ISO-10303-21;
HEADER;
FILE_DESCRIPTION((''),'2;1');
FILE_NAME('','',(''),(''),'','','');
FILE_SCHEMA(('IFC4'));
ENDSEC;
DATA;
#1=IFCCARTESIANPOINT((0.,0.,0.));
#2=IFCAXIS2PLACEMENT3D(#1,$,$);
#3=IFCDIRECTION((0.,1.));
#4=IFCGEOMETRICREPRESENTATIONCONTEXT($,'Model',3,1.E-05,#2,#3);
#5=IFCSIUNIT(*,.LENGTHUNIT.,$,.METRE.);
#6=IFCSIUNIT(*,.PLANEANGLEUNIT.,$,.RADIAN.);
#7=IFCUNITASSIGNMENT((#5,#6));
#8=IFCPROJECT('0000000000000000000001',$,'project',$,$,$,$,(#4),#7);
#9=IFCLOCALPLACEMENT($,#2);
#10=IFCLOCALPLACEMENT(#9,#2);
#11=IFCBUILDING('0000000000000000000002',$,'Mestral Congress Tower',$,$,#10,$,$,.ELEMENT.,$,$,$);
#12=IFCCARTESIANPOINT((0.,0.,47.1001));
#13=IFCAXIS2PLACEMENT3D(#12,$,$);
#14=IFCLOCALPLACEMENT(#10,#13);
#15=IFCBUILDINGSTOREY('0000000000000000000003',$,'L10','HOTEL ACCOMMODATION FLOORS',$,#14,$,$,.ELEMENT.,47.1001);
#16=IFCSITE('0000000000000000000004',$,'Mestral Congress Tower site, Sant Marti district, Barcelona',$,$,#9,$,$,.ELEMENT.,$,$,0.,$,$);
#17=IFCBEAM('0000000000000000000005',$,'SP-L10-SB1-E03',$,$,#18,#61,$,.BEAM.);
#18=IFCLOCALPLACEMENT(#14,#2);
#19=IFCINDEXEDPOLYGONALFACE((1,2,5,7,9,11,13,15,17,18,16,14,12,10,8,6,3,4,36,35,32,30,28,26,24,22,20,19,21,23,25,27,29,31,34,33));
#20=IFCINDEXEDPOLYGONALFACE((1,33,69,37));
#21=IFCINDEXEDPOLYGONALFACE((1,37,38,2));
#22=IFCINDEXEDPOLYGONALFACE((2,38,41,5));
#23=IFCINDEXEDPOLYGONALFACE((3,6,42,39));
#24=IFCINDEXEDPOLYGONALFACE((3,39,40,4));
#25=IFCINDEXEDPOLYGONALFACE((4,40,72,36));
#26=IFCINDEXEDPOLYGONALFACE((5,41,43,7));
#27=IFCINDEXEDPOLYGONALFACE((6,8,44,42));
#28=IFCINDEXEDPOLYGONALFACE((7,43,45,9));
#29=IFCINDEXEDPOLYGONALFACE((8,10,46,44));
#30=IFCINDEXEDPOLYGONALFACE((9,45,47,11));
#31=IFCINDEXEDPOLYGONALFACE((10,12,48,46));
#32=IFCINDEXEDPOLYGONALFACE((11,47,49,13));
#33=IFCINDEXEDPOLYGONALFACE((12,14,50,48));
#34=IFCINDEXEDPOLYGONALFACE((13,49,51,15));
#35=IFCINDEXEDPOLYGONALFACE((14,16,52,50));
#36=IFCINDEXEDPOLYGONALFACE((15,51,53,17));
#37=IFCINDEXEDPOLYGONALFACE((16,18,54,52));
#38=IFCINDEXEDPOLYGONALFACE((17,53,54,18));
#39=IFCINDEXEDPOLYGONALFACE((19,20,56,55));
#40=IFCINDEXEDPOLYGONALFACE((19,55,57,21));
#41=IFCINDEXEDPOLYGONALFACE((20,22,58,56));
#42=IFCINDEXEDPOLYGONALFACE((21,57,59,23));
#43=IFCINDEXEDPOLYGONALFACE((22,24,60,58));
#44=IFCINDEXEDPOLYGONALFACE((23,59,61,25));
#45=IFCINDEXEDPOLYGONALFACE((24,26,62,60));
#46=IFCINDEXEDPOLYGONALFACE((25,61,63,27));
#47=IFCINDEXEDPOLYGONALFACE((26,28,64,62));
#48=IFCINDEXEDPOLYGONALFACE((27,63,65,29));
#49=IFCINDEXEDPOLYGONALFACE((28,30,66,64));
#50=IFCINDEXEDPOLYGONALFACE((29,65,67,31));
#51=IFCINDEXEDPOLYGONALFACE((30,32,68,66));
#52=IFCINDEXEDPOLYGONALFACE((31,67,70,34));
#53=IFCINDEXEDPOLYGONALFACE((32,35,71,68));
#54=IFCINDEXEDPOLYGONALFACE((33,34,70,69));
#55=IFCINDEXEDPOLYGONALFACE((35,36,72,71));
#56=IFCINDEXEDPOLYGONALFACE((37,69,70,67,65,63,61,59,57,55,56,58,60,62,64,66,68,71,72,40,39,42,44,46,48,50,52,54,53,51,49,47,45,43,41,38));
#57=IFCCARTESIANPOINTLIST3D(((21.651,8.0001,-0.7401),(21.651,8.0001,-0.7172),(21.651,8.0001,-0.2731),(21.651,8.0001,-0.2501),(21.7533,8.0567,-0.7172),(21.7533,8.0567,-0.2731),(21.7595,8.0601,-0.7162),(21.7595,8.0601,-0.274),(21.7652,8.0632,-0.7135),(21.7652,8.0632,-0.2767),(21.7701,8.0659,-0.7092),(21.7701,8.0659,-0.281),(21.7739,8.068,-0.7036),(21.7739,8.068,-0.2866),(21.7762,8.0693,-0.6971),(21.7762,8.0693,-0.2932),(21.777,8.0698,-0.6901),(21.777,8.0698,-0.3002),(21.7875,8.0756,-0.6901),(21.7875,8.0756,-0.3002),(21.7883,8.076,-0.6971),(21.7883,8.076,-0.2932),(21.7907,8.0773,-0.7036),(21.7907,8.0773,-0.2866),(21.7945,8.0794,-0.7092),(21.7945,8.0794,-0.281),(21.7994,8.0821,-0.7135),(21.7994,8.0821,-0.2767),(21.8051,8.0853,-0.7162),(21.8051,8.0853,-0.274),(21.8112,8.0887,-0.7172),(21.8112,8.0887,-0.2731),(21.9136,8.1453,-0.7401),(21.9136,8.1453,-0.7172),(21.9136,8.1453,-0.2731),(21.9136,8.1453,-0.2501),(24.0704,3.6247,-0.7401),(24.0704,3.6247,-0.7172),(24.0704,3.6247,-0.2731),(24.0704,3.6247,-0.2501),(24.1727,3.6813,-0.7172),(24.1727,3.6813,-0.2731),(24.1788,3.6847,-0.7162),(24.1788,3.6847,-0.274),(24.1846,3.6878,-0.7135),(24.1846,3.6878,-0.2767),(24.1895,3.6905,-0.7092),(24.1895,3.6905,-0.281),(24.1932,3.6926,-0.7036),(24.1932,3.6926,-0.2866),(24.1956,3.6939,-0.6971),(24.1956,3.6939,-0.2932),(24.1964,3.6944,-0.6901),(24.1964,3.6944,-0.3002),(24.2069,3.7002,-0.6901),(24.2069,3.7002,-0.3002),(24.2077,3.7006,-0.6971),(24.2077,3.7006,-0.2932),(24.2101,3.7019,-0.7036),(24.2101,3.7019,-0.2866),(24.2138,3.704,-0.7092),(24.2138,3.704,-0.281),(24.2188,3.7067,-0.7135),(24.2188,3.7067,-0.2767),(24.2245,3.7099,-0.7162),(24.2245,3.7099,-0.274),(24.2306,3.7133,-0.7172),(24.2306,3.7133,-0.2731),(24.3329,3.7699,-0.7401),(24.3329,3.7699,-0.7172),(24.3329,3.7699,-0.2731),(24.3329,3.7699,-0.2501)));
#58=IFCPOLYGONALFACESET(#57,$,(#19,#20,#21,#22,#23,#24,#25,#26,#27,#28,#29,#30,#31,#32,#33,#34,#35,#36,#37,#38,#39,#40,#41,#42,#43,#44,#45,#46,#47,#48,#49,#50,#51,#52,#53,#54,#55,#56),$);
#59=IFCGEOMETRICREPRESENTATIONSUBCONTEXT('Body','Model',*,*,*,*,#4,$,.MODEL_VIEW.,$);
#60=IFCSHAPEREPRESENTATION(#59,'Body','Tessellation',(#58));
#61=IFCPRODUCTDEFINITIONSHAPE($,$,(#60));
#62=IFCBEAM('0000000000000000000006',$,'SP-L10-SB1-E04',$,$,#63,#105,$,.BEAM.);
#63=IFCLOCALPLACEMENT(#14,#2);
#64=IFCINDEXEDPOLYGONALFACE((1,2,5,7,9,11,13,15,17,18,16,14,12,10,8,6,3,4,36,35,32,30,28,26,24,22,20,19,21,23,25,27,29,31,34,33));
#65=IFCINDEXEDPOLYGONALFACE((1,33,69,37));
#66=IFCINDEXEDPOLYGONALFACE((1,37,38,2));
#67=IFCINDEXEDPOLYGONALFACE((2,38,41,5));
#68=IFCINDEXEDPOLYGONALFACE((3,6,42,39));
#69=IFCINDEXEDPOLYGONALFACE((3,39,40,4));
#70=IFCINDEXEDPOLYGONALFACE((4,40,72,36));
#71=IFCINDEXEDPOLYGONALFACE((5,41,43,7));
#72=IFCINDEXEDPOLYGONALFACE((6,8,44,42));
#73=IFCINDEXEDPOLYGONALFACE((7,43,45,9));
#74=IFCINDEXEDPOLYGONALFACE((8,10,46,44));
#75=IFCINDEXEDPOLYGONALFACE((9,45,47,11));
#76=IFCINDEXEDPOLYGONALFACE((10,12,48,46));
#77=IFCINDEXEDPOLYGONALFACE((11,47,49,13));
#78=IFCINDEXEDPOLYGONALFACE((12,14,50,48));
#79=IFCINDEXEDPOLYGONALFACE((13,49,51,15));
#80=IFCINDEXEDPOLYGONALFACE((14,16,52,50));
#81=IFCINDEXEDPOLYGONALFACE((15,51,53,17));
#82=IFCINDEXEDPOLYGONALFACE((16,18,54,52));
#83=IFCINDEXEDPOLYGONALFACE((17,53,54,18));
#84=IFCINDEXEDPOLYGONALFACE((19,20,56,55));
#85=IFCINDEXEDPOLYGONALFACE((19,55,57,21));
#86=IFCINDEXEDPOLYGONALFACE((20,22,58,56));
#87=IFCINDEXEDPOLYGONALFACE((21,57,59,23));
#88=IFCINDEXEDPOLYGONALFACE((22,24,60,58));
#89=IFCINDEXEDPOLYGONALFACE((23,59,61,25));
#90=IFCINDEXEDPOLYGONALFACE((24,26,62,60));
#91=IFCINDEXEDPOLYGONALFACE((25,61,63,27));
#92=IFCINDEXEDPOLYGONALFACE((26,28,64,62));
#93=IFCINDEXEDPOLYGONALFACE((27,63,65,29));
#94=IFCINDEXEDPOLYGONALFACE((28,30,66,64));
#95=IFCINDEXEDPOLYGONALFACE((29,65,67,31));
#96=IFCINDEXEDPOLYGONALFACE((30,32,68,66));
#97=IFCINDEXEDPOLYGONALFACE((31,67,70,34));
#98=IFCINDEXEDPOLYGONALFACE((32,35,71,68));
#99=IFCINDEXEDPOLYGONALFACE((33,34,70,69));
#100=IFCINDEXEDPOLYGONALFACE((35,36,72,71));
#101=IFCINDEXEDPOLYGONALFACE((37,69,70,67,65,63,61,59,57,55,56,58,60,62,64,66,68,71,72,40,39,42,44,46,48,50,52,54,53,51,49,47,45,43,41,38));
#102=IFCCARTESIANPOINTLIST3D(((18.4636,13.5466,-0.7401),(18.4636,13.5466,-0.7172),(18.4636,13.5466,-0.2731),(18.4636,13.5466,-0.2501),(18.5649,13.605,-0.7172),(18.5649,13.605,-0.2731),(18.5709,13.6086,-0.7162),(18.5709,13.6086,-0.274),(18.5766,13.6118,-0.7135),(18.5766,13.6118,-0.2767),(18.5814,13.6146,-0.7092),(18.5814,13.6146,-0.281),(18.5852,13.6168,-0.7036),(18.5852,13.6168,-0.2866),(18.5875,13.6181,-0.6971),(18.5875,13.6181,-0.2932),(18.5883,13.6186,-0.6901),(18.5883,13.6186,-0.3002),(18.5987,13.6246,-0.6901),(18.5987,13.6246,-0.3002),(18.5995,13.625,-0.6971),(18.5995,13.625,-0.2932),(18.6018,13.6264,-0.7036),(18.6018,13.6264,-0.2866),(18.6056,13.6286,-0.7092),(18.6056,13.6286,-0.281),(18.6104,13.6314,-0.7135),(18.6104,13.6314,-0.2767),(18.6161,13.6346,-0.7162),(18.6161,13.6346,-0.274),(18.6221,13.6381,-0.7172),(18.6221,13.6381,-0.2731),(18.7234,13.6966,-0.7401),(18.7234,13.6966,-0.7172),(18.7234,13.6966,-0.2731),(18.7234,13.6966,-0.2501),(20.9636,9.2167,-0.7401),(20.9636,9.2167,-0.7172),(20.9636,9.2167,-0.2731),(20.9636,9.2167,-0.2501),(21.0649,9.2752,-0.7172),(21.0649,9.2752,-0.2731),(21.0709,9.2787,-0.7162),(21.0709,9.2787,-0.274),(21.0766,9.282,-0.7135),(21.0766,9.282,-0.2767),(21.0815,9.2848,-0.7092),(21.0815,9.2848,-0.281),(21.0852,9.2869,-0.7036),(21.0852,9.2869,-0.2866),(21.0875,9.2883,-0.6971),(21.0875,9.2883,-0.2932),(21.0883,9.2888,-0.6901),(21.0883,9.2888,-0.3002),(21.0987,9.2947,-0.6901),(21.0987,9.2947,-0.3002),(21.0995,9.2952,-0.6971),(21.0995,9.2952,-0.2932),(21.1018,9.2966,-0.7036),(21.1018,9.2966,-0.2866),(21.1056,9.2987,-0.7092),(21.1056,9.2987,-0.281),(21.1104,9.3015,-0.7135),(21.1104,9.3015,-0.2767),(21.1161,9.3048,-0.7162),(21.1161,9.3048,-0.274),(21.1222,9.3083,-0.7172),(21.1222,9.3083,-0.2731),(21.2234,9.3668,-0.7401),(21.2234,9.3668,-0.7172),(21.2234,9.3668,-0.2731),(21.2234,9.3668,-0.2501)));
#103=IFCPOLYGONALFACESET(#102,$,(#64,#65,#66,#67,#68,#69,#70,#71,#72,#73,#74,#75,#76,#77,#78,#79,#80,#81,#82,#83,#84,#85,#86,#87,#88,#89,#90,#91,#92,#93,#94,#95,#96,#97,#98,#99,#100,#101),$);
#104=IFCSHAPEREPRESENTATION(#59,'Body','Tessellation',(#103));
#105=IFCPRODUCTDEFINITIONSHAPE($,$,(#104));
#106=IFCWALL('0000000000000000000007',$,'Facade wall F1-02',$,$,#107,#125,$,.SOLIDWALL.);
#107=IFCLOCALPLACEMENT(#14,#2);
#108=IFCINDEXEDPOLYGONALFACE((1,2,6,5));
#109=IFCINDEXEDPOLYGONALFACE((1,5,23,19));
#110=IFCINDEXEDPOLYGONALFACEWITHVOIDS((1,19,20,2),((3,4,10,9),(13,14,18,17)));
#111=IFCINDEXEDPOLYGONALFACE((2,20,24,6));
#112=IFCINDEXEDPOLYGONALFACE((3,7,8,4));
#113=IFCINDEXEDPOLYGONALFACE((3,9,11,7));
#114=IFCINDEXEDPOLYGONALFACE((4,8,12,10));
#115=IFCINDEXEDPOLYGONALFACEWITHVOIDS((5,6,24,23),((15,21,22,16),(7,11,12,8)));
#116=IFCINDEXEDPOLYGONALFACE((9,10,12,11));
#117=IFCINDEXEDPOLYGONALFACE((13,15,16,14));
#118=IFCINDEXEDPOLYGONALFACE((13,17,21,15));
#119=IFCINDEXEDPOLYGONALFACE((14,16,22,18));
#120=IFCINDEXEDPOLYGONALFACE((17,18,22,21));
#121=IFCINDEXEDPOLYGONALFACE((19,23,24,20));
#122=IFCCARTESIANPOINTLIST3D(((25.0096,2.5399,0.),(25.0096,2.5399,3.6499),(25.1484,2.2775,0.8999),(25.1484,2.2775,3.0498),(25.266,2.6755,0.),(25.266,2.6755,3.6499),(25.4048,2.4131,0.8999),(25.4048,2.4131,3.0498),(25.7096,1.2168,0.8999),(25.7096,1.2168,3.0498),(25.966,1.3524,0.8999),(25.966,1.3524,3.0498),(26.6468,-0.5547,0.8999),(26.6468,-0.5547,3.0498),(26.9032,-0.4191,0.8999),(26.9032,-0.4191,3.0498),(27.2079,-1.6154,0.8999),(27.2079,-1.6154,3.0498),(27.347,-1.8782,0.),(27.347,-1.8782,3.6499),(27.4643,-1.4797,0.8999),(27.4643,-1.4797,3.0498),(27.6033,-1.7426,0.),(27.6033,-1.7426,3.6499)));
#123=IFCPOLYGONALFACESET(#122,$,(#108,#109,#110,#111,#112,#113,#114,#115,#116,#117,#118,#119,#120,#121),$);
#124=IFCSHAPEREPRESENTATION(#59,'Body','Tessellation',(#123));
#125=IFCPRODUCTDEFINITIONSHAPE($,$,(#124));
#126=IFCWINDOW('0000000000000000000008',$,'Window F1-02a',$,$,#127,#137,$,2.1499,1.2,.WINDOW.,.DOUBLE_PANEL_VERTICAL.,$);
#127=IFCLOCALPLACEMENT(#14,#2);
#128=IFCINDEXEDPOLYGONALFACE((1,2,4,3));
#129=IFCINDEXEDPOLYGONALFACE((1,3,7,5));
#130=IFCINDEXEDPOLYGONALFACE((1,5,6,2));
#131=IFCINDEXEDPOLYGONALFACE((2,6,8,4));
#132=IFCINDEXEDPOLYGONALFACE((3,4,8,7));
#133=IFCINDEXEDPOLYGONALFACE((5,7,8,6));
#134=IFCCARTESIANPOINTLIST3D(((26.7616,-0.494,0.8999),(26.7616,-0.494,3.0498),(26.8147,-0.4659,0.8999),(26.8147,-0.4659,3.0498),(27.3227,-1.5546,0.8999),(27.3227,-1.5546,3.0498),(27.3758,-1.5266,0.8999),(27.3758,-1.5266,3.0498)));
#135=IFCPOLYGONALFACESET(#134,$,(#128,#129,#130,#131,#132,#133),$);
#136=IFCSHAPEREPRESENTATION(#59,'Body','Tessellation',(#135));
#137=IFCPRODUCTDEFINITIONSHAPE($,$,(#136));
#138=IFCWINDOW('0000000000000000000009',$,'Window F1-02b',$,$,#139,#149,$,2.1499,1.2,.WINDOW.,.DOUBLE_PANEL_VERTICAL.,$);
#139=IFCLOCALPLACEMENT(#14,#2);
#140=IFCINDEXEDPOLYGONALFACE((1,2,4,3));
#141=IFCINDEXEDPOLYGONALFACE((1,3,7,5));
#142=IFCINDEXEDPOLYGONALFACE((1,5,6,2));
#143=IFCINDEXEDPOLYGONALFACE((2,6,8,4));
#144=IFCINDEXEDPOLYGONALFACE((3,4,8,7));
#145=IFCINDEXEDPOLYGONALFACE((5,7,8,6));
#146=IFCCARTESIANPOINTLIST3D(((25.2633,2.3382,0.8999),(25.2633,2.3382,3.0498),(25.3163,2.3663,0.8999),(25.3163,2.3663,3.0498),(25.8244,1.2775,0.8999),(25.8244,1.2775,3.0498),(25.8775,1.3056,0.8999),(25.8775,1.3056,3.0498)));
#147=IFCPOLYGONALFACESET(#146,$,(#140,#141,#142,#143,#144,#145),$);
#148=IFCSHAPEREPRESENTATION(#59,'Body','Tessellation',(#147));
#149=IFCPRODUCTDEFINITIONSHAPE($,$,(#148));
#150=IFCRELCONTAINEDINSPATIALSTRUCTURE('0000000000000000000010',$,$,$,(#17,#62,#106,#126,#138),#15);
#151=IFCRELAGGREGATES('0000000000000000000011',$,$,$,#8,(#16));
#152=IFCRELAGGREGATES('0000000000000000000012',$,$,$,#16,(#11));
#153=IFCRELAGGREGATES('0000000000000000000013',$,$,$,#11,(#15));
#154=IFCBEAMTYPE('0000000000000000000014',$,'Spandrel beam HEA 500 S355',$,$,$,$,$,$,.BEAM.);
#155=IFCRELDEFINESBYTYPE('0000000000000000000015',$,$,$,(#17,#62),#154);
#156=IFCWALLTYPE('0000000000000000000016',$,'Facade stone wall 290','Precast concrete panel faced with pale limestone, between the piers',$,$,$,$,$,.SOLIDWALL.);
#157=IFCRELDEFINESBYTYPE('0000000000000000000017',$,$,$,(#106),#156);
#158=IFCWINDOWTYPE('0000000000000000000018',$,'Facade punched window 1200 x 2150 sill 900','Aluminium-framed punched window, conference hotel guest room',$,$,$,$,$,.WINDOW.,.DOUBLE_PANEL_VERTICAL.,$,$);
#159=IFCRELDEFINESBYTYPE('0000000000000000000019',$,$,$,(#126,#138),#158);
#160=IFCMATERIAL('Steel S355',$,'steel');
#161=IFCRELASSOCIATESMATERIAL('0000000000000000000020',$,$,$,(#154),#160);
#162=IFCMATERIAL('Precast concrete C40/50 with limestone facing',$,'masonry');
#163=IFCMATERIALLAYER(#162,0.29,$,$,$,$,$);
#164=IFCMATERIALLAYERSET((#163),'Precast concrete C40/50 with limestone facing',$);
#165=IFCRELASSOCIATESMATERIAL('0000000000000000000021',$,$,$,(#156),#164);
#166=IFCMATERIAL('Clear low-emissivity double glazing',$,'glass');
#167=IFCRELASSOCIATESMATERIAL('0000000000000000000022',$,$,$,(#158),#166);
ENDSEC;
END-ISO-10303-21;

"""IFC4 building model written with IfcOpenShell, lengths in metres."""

from ifc_helpers import new_model, si_unit, direction, frame, frame_2d, origin, origin_2d, place, context, subcontext, project, spatial, rectangle, i_section, extrude, material, layer, layer_set, material_profile, profile_set, type_object, element, fill, save


model = new_model("IFC4")

# Units and contexts
model_context = context("Model", 3, precision=1e-05, world=origin(), true_north=direction((0.0, 1.0)))
body_context = subcontext(model_context, "Body", "Model", "MODEL_VIEW")
ifc_project = project(units=[si_unit("LENGTHUNIT", "METRE"), si_unit("PLANEANGLEUNIT", "RADIAN")], contexts=[model_context])

# Site, building, storey
site_placement = place(None, origin())
site = spatial("IfcSite", under=ifc_project, at=site_placement, Name="Mestral Congress Tower site, Sant Marti district, Barcelona", CompositionType="ELEMENT", RefElevation=0.0)
building_placement = place(site_placement, origin())
building = spatial("IfcBuilding", under=site, at=building_placement, Name="Mestral Congress Tower", CompositionType="ELEMENT")
storey_placement = place(building_placement, frame((0.0, 0.0, 47.1001)))
storey = spatial("IfcBuildingStorey", under=building, at=storey_placement, Name="L10", Description="HOTEL ACCOMMODATION FLOORS", CompositionType="ELEMENT", Elevation=47.1001)

# Beams
ifc_material_1 = material(Name="Steel S355", Category="steel")
ifc_material_profile_1 = material_profile(ifc_material_1, i_section(OverallWidth=0.3, OverallDepth=0.49, WebThickness=0.012, FlangeThickness=0.0229, FilletRadius=0.0271, at=origin_2d()), Name="HEA 500")
ifc_profile_set_1 = profile_set([ifc_material_profile_1], Name="Steel S355")
beam_type_1 = type_object("IfcBeamType", Name="Spandrel beam HEA 500 S355", PredefinedType="BEAM", material=ifc_profile_set_1)
for number, where, z_axis, x_axis, name in (
    (1, (24.2017, 3.6973, -0.4951), (-0.483901, 0.875123, 0.0), (-0.875123, -0.483901, 0.0), "SP-L10-SB1-E03"),
    (2, (21.0935, 9.2917, -0.4951), (-0.500025, 0.866011, 0.0), (-0.866011, -0.500025, 0.0), "SP-L10-SB1-E04"),
):
    element("IfcBeam", number, at=place(storey_placement, frame(where, z_axis=z_axis, x_axis=x_axis)), inside=storey, type_object=beam_type_1, Name=name, PredefinedType="BEAM", context=body_context, shape_type="SweptSolid", body=[
        extrude(i_section(OverallWidth=0.3, OverallDepth=0.49, WebThickness=0.012, FlangeThickness=0.0229, FilletRadius=0.0271, at=origin_2d()), origin(), (0.0, 0.0, 1.0), 4.9998),
    ])

# Wall, openings, windows
ifc_material_2 = material(Name="Precast concrete C40/50 with limestone facing", Category="masonry")
ifc_layer_1 = layer(ifc_material_2, 0.29)
ifc_layer_set_1 = layer_set([ifc_layer_1], Name="Precast concrete C40/50 with limestone facing")
wall_type_1 = type_object("IfcWallType", Name="Facade stone wall 290", Description="Precast concrete panel faced with pale limestone, between the piers", PredefinedType="SOLIDWALL", material=ifc_layer_set_1)
wall_1_placement = place(storey_placement, frame((27.4751, -1.8103, 0.0), z_axis=(0.0, 0.0, 1.0), x_axis=(-0.46763, 0.883925, 0.0)))
wall_1 = element("IfcWall", 3, at=wall_1_placement, inside=storey, type_object=wall_type_1, Name="Facade wall F1-02", PredefinedType="SOLIDWALL", context=body_context, shape_type="SweptSolid", body=[
    extrude(rectangle(XDim=4.9983, YDim=0.29, at=frame_2d((2.499, 0.0))), origin(), (0.0, 0.0, 1.0), 3.6499),
])
opening_1_placement = place(wall_1_placement, frame((0.2971, 0.0, 0.8999)))
opening_1 = element("IfcOpeningElement", 4, at=opening_1_placement, cuts=wall_1, PredefinedType="OPENING", context=body_context, shape_type="SweptSolid", body=[
    extrude(rectangle(XDim=1.2, YDim=2.1499, at=frame_2d((0.6001, 1.075))), frame((0.0, 0.155, 0.0), z_axis=(0.0, -1.0, 0.0), x_axis=(1.0, 0.0, 0.0)), (0.0, 0.0, 1.0), 0.3101),
])
opening_2_placement = place(wall_1_placement, frame((3.5012, 0.0, 0.8999)))
opening_2 = element("IfcOpeningElement", 5, at=opening_2_placement, cuts=wall_1, PredefinedType="OPENING", context=body_context, shape_type="SweptSolid", body=[
    extrude(rectangle(XDim=1.2, YDim=2.1499, at=frame_2d((0.6001, 1.075))), frame((0.0, 0.155, 0.0), z_axis=(0.0, -1.0, 0.0), x_axis=(1.0, 0.0, 0.0)), (0.0, 0.0, 1.0), 0.3101),
])
ifc_material_3 = material(Name="Clear low-emissivity double glazing", Category="glass")
window_type = type_object("IfcWindowType", Name="Facade punched window 1200 x 2150 sill 900", Description="Aluminium-framed punched window, conference hotel guest room", PartitioningType="DOUBLE_PANEL_VERTICAL", PredefinedType="WINDOW", material=ifc_material_3)
window_1_placement = place(opening_1_placement, origin())
window_1 = element("IfcWindow", 6, at=window_1_placement, inside=storey, type_object=window_type, Name="Window F1-02a", OverallHeight=2.1499, OverallWidth=1.2, PartitioningType="DOUBLE_PANEL_VERTICAL", PredefinedType="WINDOW", context=body_context, shape_type="SweptSolid", body=[
    extrude(rectangle(XDim=1.2, YDim=2.1499, at=frame_2d((0.6001, 1.075))), frame((0.0, 0.0151, 0.0), z_axis=(0.0, -1.0, 0.0), x_axis=(1.0, 0.0, 0.0)), (0.0, 0.0, 1.0), 0.0601),
])
fill(opening_1, window_1)
window_2_placement = place(opening_2_placement, origin())
window_2 = element("IfcWindow", 7, at=window_2_placement, inside=storey, type_object=window_type, Name="Window F1-02b", OverallHeight=2.1499, OverallWidth=1.2, PartitioningType="DOUBLE_PANEL_VERTICAL", PredefinedType="WINDOW", context=body_context, shape_type="SweptSolid", body=[
    extrude(rectangle(XDim=1.2, YDim=2.1499, at=frame_2d((0.6001, 1.075))), frame((0.0, 0.0151, 0.0), z_axis=(0.0, -1.0, 0.0), x_axis=(1.0, 0.0, 0.0)), (0.0, 0.0, 1.0), 0.0601),
])
fill(opening_2, window_2)

save(model, "model.ifc")
